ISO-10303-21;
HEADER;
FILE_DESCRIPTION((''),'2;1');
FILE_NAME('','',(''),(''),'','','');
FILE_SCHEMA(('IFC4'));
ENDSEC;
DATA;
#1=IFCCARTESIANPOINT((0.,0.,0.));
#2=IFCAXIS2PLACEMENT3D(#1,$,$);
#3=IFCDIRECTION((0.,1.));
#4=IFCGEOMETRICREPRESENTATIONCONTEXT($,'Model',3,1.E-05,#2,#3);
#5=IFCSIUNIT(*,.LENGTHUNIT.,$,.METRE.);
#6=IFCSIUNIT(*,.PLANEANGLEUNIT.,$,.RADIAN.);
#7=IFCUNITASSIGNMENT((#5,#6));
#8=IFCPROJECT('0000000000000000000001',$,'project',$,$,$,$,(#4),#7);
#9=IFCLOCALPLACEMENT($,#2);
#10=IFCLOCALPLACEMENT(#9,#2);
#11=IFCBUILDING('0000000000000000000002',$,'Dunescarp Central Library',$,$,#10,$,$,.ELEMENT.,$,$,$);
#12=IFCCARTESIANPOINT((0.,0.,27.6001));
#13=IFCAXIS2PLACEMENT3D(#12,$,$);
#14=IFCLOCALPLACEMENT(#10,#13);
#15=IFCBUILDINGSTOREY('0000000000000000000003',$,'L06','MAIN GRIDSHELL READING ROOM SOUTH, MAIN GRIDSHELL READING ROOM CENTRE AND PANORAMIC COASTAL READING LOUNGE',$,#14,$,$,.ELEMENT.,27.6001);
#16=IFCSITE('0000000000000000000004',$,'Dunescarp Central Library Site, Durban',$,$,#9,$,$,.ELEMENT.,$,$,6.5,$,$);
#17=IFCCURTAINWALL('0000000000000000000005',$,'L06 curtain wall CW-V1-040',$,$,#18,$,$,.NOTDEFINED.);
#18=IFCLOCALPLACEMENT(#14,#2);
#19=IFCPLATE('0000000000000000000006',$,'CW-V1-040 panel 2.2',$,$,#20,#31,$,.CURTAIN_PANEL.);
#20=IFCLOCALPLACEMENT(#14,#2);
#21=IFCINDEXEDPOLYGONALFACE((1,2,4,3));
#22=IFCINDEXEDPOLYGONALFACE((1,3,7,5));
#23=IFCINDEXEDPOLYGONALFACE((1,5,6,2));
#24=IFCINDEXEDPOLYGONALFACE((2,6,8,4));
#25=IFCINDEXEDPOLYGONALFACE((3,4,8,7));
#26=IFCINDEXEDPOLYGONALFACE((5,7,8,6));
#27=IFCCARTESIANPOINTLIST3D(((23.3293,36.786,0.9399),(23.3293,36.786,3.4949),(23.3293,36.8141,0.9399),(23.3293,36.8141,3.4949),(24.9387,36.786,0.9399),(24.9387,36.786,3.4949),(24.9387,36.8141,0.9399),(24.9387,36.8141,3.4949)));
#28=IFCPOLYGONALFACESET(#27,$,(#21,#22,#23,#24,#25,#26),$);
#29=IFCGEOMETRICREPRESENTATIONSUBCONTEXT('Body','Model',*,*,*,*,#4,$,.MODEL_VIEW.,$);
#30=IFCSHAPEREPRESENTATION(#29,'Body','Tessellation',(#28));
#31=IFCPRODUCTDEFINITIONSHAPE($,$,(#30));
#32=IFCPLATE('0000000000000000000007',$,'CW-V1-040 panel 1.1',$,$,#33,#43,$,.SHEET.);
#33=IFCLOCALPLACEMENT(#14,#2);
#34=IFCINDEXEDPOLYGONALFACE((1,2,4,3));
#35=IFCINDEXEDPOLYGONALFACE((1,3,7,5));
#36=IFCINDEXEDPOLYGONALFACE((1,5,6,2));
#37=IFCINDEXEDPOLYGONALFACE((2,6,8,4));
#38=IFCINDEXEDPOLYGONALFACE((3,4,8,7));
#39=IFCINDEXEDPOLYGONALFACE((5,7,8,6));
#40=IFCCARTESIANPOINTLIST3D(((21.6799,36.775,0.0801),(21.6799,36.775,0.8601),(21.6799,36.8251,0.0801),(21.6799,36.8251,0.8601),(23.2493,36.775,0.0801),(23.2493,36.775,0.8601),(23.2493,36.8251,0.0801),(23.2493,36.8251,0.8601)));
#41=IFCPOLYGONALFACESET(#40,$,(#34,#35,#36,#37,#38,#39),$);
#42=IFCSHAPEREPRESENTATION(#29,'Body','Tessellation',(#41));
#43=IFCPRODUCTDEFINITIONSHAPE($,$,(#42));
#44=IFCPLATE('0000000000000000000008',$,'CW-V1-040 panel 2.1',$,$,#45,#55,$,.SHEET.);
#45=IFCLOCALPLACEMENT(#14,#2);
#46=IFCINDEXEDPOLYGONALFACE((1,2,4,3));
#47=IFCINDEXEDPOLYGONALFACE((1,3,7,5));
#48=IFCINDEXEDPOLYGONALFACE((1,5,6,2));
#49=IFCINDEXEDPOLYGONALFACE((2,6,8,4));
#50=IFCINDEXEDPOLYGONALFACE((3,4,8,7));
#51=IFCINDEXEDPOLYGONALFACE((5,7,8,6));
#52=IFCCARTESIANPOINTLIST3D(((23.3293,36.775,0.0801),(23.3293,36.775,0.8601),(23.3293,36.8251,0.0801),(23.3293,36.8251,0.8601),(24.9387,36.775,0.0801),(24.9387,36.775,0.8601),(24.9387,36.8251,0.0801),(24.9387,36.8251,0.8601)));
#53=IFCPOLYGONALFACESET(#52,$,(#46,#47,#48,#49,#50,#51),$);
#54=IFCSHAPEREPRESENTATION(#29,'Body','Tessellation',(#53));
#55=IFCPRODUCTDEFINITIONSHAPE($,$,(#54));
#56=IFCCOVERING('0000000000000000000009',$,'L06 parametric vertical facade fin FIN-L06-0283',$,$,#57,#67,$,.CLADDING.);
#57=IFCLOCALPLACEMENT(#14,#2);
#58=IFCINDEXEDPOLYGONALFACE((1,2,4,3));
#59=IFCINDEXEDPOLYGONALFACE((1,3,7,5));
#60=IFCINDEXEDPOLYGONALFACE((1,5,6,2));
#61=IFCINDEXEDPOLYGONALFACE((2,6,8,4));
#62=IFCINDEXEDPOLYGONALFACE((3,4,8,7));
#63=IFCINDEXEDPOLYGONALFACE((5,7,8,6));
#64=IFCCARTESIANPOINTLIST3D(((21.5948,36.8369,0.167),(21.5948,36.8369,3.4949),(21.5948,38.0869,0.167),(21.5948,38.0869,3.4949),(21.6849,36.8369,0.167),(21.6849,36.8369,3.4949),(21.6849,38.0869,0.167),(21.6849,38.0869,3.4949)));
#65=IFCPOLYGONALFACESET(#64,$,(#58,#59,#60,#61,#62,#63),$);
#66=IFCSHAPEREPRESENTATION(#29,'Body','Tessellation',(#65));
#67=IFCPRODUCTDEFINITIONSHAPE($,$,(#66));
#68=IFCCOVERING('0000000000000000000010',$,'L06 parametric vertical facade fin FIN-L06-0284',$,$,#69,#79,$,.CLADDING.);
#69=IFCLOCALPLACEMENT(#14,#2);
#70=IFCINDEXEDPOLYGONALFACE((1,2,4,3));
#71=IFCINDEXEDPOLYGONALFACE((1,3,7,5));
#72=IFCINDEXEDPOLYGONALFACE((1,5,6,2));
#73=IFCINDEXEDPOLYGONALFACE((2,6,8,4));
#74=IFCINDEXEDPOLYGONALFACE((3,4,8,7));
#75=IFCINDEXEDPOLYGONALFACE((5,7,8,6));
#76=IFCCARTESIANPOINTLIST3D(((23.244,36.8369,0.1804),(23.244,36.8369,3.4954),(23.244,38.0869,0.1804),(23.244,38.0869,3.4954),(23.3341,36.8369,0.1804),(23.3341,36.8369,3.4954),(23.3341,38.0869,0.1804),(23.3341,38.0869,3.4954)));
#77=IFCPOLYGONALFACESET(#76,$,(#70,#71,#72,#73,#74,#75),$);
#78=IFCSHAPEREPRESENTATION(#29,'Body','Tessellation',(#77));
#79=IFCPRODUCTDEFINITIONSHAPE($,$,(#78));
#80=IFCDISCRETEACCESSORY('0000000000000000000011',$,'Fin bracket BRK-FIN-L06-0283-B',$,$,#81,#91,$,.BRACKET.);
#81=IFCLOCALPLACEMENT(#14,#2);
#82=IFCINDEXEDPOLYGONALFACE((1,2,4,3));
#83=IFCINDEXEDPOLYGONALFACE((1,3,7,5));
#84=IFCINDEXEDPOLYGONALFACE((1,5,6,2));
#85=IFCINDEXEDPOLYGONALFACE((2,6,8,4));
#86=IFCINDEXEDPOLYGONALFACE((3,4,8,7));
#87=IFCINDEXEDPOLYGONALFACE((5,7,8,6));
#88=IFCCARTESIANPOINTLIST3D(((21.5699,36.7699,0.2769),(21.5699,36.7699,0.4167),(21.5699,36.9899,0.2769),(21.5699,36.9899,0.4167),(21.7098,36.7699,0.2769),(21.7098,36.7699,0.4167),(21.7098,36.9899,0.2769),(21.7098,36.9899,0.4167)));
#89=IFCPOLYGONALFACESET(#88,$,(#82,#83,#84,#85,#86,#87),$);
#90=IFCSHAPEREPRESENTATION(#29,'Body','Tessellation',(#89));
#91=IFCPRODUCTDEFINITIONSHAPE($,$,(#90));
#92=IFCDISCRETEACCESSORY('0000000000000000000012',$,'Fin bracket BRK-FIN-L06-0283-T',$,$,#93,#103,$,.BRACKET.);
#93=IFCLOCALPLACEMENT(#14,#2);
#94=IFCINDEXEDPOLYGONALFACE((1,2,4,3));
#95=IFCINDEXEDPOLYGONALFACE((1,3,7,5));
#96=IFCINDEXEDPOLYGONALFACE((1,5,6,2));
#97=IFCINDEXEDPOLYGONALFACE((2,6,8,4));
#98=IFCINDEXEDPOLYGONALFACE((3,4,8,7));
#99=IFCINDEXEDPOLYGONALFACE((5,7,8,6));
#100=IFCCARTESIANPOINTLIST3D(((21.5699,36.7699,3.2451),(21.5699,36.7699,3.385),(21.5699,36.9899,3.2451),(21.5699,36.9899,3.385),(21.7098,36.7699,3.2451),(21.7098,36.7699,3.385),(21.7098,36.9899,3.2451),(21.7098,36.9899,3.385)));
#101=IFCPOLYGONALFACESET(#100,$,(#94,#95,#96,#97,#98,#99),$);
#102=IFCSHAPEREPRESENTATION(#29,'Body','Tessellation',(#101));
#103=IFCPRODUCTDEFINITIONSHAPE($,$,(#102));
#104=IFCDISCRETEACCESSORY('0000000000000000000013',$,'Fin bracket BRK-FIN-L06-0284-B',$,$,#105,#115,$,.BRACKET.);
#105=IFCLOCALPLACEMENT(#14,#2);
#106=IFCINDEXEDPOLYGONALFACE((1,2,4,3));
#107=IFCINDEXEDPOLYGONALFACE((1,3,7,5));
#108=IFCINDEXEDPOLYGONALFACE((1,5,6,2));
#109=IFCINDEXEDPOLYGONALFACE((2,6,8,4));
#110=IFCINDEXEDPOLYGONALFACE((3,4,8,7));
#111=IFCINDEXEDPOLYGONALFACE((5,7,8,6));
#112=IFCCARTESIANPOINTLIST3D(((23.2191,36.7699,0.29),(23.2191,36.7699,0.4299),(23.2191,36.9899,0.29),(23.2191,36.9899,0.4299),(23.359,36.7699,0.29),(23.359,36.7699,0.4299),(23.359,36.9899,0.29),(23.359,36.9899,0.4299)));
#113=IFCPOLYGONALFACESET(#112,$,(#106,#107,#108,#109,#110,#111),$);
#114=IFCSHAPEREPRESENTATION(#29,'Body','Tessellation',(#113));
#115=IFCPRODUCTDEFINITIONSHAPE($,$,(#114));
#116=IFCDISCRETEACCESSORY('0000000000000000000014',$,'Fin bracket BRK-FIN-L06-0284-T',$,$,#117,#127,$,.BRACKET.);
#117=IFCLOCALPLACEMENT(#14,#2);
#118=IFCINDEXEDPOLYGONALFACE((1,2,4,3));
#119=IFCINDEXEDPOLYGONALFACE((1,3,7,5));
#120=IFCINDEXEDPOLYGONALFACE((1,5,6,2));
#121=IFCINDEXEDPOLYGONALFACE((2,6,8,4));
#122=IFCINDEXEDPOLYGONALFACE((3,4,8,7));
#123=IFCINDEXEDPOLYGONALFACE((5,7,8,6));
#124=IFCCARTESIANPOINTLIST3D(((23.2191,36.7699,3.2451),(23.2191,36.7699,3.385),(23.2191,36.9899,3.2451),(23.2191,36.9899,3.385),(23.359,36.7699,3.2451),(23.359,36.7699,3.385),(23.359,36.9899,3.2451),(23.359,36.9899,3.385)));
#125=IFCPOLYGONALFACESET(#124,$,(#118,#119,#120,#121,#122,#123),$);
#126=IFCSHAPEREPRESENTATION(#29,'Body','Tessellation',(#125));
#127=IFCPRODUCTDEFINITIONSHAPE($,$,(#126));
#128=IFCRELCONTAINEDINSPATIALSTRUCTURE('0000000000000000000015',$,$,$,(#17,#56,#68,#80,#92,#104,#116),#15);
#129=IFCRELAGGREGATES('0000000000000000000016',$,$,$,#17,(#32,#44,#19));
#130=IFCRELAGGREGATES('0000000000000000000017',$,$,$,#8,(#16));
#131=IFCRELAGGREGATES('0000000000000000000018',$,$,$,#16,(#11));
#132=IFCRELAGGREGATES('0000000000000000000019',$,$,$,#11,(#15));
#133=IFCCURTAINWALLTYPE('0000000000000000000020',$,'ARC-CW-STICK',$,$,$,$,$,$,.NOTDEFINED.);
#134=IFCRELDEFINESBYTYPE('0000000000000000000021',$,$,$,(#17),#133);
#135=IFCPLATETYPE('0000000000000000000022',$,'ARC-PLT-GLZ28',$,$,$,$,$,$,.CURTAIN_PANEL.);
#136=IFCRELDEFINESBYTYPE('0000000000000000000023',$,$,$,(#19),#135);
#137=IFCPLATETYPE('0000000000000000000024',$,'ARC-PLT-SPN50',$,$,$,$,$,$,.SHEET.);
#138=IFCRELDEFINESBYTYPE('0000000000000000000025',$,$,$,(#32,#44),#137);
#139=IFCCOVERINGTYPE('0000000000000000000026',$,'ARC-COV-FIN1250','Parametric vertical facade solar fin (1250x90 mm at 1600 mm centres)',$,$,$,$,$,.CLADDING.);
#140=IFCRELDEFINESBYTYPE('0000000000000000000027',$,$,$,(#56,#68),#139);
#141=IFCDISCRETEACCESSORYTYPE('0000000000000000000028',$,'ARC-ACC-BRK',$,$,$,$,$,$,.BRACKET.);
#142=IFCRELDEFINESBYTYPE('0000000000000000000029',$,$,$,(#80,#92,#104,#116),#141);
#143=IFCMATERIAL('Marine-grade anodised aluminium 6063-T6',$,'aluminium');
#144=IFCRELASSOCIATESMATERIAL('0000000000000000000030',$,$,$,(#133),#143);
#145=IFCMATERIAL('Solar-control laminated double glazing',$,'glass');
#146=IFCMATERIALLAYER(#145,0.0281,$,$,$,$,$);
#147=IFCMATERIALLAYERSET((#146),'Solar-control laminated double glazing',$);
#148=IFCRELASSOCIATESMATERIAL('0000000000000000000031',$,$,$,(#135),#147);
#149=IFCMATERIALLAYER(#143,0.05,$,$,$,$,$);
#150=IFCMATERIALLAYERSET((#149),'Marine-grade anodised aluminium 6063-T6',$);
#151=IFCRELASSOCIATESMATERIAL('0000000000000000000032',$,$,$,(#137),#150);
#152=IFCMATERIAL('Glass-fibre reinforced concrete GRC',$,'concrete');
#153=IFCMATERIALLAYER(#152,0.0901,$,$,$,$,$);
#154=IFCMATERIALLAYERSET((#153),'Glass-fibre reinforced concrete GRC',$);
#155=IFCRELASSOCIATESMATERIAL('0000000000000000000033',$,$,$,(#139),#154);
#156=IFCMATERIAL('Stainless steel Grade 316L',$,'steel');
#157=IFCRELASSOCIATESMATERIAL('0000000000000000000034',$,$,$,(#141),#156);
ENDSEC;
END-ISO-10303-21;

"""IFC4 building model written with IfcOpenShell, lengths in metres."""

from ifc_helpers import new_model, si_unit, direction, frame, origin, origin_2d, place, context, subcontext, project, spatial, rectangle, extrude, material, layer, layer_set, type_object, element, aggregate, save


model = new_model("IFC4")

# Units and contexts
model_context = context("Model", 3, precision=1e-05, world=origin(), true_north=direction((0.0, 1.0)))
body_context = subcontext(model_context, "Body", "Model", "MODEL_VIEW")
ifc_project = project(units=[si_unit("LENGTHUNIT", "METRE"), si_unit("PLANEANGLEUNIT", "RADIAN")], contexts=[model_context])

# Site, building, storey
site_placement = place(None, origin())
site = spatial("IfcSite", under=ifc_project, at=site_placement, Name="Dunescarp Central Library Site, Durban", CompositionType="ELEMENT", RefElevation=6.5)
building_placement = place(site_placement, origin())
building = spatial("IfcBuilding", under=site, at=building_placement, Name="Dunescarp Central Library", CompositionType="ELEMENT")
storey_placement = place(building_placement, frame((0.0, 0.0, 27.6001)))
storey = spatial("IfcBuildingStorey", under=building, at=storey_placement, Name="L06", Description="MAIN GRIDSHELL READING ROOM SOUTH, MAIN GRIDSHELL READING ROOM CENTRE AND PANORAMIC COASTAL READING LOUNGE", CompositionType="ELEMENT", Elevation=27.6001)

# Curtain wall
ifc_material_1 = material(Name="Marine-grade anodised aluminium 6063-T6", Category="aluminium")
curtain_wall_type = type_object("IfcCurtainWallType", Name="ARC-CW-STICK", PredefinedType="NOTDEFINED", material=ifc_material_1)
curtain_wall_placement = place(storey_placement, origin())
curtain_wall = element("IfcCurtainWall", 1, at=curtain_wall_placement, inside=storey, type_object=curtain_wall_type, Name="L06 curtain wall CW-V1-040", PredefinedType="NOTDEFINED")

# Plates
ifc_material_2 = material(Name="Solar-control laminated double glazing", Category="glass")
ifc_layer_1 = layer(ifc_material_2, 0.0281)
ifc_layer_set_1 = layer_set([ifc_layer_1], Name="Solar-control laminated double glazing")
plate_type_1 = type_object("IfcPlateType", Name="ARC-PLT-GLZ28", PredefinedType="CURTAIN_PANEL", material=ifc_layer_set_1)
plate_1_placement = place(storey_placement, frame((24.134, 36.8, 0.9399), z_axis=(0.0, 0.0, 1.0), x_axis=(1.0, 0.0, 0.0)))
plate_1 = element("IfcPlate", 2, at=plate_1_placement, type_object=plate_type_1, Name="CW-V1-040 panel 2.2", PredefinedType="CURTAIN_PANEL", context=body_context, shape_type="SweptSolid", body=[
    extrude(rectangle(XDim=1.6094, YDim=0.0281, at=origin_2d()), origin(), (0.0, 0.0, 1.0), 2.5549),
])
ifc_layer_2 = layer(ifc_material_1, 0.05)
ifc_layer_set_2 = layer_set([ifc_layer_2], Name="Marine-grade anodised aluminium 6063-T6")
plate_type_2 = type_object("IfcPlateType", Name="ARC-PLT-SPN50", PredefinedType="SHEET", material=ifc_layer_set_2)
plate_2_placement = place(storey_placement, frame((22.4646, 36.8, 0.0801), z_axis=(0.0, 0.0, 1.0), x_axis=(1.0, 0.0, 0.0)))
plate_2 = element("IfcPlate", 3, at=plate_2_placement, type_object=plate_type_2, Name="CW-V1-040 panel 1.1", PredefinedType="SHEET", context=body_context, shape_type="SweptSolid", body=[
    extrude(rectangle(XDim=1.5693, YDim=0.05, at=origin_2d()), origin(), (0.0, 0.0, 1.0), 0.78),
])
plate_3_placement = place(storey_placement, frame((24.134, 36.8, 0.0801), z_axis=(0.0, 0.0, 1.0), x_axis=(1.0, 0.0, 0.0)))
plate_3 = element("IfcPlate", 4, at=plate_3_placement, type_object=plate_type_2, Name="CW-V1-040 panel 2.1", PredefinedType="SHEET", context=body_context, shape_type="SweptSolid", body=[
    extrude(rectangle(XDim=1.6094, YDim=0.05, at=origin_2d()), origin(), (0.0, 0.0, 1.0), 0.78),
])
aggregate(curtain_wall, [plate_2, plate_3, plate_1])

# Coverings
ifc_material_3 = material(Name="Glass-fibre reinforced concrete GRC", Category="concrete")
ifc_layer_3 = layer(ifc_material_3, 0.0901)
ifc_layer_set_3 = layer_set([ifc_layer_3], Name="Glass-fibre reinforced concrete GRC")
covering_type = type_object("IfcCoveringType", Name="ARC-COV-FIN1250", Description="Parametric vertical facade solar fin (1250x90 mm at 1600 mm centres)", PredefinedType="CLADDING", material=ifc_layer_set_3)
covering_1_placement = place(storey_placement, frame((21.6399, 37.4619, 0.167), z_axis=(0.0, 0.0, 1.0), x_axis=(0.0, 1.0, 0.0)))
element("IfcCovering", 5, at=covering_1_placement, inside=storey, type_object=covering_type, Name="L06 parametric vertical facade fin FIN-L06-0283", PredefinedType="CLADDING", context=body_context, shape_type="SweptSolid", body=[
    extrude(rectangle(XDim=1.25, YDim=0.0901, at=origin_2d()), origin(), (0.0, 0.0, 1.0), 3.3279),
])
covering_2_placement = place(storey_placement, frame((23.2891, 37.4619, 0.1804), z_axis=(0.0, 0.0, 1.0), x_axis=(0.0, 1.0, 0.0)))
element("IfcCovering", 6, at=covering_2_placement, inside=storey, type_object=covering_type, Name="L06 parametric vertical facade fin FIN-L06-0284", PredefinedType="CLADDING", context=body_context, shape_type="SweptSolid", body=[
    extrude(rectangle(XDim=1.25, YDim=0.0901, at=origin_2d()), origin(), (0.0, 0.0, 1.0), 3.3149),
])

# Discrete accessories
ifc_material_4 = material(Name="Stainless steel Grade 316L", Category="steel")
discrete_accessory_type = type_object("IfcDiscreteAccessoryType", Name="ARC-ACC-BRK", PredefinedType="BRACKET", material=ifc_material_4)
for number, where, z_axis, x_axis, name in (
    (7, (21.6399, 36.8799, 0.2769), (0.0, 0.0, 1.0), (0.0, 1.0, 0.0), "Fin bracket BRK-FIN-L06-0283-B"),
    (8, (21.6399, 36.8799, 3.2451), (0.0, 0.0, 1.0), (0.0, 1.0, 0.0), "Fin bracket BRK-FIN-L06-0283-T"),
    (9, (23.2891, 36.8799, 0.29), (0.0, 0.0, 1.0), (0.0, 1.0, 0.0), "Fin bracket BRK-FIN-L06-0284-B"),
    (10, (23.2891, 36.8799, 3.2451), (0.0, 0.0, 1.0), (0.0, 1.0, 0.0), "Fin bracket BRK-FIN-L06-0284-T"),
):
    element("IfcDiscreteAccessory", number, at=place(storey_placement, frame(where, z_axis=z_axis, x_axis=x_axis)), inside=storey, type_object=discrete_accessory_type, Name=name, PredefinedType="BRACKET", context=body_context, shape_type="SweptSolid", body=[
        extrude(rectangle(XDim=0.22, YDim=0.1399, at=origin_2d()), origin(), (0.0, 0.0, 1.0), 0.1399),
    ])

save(model, "model.ifc")
